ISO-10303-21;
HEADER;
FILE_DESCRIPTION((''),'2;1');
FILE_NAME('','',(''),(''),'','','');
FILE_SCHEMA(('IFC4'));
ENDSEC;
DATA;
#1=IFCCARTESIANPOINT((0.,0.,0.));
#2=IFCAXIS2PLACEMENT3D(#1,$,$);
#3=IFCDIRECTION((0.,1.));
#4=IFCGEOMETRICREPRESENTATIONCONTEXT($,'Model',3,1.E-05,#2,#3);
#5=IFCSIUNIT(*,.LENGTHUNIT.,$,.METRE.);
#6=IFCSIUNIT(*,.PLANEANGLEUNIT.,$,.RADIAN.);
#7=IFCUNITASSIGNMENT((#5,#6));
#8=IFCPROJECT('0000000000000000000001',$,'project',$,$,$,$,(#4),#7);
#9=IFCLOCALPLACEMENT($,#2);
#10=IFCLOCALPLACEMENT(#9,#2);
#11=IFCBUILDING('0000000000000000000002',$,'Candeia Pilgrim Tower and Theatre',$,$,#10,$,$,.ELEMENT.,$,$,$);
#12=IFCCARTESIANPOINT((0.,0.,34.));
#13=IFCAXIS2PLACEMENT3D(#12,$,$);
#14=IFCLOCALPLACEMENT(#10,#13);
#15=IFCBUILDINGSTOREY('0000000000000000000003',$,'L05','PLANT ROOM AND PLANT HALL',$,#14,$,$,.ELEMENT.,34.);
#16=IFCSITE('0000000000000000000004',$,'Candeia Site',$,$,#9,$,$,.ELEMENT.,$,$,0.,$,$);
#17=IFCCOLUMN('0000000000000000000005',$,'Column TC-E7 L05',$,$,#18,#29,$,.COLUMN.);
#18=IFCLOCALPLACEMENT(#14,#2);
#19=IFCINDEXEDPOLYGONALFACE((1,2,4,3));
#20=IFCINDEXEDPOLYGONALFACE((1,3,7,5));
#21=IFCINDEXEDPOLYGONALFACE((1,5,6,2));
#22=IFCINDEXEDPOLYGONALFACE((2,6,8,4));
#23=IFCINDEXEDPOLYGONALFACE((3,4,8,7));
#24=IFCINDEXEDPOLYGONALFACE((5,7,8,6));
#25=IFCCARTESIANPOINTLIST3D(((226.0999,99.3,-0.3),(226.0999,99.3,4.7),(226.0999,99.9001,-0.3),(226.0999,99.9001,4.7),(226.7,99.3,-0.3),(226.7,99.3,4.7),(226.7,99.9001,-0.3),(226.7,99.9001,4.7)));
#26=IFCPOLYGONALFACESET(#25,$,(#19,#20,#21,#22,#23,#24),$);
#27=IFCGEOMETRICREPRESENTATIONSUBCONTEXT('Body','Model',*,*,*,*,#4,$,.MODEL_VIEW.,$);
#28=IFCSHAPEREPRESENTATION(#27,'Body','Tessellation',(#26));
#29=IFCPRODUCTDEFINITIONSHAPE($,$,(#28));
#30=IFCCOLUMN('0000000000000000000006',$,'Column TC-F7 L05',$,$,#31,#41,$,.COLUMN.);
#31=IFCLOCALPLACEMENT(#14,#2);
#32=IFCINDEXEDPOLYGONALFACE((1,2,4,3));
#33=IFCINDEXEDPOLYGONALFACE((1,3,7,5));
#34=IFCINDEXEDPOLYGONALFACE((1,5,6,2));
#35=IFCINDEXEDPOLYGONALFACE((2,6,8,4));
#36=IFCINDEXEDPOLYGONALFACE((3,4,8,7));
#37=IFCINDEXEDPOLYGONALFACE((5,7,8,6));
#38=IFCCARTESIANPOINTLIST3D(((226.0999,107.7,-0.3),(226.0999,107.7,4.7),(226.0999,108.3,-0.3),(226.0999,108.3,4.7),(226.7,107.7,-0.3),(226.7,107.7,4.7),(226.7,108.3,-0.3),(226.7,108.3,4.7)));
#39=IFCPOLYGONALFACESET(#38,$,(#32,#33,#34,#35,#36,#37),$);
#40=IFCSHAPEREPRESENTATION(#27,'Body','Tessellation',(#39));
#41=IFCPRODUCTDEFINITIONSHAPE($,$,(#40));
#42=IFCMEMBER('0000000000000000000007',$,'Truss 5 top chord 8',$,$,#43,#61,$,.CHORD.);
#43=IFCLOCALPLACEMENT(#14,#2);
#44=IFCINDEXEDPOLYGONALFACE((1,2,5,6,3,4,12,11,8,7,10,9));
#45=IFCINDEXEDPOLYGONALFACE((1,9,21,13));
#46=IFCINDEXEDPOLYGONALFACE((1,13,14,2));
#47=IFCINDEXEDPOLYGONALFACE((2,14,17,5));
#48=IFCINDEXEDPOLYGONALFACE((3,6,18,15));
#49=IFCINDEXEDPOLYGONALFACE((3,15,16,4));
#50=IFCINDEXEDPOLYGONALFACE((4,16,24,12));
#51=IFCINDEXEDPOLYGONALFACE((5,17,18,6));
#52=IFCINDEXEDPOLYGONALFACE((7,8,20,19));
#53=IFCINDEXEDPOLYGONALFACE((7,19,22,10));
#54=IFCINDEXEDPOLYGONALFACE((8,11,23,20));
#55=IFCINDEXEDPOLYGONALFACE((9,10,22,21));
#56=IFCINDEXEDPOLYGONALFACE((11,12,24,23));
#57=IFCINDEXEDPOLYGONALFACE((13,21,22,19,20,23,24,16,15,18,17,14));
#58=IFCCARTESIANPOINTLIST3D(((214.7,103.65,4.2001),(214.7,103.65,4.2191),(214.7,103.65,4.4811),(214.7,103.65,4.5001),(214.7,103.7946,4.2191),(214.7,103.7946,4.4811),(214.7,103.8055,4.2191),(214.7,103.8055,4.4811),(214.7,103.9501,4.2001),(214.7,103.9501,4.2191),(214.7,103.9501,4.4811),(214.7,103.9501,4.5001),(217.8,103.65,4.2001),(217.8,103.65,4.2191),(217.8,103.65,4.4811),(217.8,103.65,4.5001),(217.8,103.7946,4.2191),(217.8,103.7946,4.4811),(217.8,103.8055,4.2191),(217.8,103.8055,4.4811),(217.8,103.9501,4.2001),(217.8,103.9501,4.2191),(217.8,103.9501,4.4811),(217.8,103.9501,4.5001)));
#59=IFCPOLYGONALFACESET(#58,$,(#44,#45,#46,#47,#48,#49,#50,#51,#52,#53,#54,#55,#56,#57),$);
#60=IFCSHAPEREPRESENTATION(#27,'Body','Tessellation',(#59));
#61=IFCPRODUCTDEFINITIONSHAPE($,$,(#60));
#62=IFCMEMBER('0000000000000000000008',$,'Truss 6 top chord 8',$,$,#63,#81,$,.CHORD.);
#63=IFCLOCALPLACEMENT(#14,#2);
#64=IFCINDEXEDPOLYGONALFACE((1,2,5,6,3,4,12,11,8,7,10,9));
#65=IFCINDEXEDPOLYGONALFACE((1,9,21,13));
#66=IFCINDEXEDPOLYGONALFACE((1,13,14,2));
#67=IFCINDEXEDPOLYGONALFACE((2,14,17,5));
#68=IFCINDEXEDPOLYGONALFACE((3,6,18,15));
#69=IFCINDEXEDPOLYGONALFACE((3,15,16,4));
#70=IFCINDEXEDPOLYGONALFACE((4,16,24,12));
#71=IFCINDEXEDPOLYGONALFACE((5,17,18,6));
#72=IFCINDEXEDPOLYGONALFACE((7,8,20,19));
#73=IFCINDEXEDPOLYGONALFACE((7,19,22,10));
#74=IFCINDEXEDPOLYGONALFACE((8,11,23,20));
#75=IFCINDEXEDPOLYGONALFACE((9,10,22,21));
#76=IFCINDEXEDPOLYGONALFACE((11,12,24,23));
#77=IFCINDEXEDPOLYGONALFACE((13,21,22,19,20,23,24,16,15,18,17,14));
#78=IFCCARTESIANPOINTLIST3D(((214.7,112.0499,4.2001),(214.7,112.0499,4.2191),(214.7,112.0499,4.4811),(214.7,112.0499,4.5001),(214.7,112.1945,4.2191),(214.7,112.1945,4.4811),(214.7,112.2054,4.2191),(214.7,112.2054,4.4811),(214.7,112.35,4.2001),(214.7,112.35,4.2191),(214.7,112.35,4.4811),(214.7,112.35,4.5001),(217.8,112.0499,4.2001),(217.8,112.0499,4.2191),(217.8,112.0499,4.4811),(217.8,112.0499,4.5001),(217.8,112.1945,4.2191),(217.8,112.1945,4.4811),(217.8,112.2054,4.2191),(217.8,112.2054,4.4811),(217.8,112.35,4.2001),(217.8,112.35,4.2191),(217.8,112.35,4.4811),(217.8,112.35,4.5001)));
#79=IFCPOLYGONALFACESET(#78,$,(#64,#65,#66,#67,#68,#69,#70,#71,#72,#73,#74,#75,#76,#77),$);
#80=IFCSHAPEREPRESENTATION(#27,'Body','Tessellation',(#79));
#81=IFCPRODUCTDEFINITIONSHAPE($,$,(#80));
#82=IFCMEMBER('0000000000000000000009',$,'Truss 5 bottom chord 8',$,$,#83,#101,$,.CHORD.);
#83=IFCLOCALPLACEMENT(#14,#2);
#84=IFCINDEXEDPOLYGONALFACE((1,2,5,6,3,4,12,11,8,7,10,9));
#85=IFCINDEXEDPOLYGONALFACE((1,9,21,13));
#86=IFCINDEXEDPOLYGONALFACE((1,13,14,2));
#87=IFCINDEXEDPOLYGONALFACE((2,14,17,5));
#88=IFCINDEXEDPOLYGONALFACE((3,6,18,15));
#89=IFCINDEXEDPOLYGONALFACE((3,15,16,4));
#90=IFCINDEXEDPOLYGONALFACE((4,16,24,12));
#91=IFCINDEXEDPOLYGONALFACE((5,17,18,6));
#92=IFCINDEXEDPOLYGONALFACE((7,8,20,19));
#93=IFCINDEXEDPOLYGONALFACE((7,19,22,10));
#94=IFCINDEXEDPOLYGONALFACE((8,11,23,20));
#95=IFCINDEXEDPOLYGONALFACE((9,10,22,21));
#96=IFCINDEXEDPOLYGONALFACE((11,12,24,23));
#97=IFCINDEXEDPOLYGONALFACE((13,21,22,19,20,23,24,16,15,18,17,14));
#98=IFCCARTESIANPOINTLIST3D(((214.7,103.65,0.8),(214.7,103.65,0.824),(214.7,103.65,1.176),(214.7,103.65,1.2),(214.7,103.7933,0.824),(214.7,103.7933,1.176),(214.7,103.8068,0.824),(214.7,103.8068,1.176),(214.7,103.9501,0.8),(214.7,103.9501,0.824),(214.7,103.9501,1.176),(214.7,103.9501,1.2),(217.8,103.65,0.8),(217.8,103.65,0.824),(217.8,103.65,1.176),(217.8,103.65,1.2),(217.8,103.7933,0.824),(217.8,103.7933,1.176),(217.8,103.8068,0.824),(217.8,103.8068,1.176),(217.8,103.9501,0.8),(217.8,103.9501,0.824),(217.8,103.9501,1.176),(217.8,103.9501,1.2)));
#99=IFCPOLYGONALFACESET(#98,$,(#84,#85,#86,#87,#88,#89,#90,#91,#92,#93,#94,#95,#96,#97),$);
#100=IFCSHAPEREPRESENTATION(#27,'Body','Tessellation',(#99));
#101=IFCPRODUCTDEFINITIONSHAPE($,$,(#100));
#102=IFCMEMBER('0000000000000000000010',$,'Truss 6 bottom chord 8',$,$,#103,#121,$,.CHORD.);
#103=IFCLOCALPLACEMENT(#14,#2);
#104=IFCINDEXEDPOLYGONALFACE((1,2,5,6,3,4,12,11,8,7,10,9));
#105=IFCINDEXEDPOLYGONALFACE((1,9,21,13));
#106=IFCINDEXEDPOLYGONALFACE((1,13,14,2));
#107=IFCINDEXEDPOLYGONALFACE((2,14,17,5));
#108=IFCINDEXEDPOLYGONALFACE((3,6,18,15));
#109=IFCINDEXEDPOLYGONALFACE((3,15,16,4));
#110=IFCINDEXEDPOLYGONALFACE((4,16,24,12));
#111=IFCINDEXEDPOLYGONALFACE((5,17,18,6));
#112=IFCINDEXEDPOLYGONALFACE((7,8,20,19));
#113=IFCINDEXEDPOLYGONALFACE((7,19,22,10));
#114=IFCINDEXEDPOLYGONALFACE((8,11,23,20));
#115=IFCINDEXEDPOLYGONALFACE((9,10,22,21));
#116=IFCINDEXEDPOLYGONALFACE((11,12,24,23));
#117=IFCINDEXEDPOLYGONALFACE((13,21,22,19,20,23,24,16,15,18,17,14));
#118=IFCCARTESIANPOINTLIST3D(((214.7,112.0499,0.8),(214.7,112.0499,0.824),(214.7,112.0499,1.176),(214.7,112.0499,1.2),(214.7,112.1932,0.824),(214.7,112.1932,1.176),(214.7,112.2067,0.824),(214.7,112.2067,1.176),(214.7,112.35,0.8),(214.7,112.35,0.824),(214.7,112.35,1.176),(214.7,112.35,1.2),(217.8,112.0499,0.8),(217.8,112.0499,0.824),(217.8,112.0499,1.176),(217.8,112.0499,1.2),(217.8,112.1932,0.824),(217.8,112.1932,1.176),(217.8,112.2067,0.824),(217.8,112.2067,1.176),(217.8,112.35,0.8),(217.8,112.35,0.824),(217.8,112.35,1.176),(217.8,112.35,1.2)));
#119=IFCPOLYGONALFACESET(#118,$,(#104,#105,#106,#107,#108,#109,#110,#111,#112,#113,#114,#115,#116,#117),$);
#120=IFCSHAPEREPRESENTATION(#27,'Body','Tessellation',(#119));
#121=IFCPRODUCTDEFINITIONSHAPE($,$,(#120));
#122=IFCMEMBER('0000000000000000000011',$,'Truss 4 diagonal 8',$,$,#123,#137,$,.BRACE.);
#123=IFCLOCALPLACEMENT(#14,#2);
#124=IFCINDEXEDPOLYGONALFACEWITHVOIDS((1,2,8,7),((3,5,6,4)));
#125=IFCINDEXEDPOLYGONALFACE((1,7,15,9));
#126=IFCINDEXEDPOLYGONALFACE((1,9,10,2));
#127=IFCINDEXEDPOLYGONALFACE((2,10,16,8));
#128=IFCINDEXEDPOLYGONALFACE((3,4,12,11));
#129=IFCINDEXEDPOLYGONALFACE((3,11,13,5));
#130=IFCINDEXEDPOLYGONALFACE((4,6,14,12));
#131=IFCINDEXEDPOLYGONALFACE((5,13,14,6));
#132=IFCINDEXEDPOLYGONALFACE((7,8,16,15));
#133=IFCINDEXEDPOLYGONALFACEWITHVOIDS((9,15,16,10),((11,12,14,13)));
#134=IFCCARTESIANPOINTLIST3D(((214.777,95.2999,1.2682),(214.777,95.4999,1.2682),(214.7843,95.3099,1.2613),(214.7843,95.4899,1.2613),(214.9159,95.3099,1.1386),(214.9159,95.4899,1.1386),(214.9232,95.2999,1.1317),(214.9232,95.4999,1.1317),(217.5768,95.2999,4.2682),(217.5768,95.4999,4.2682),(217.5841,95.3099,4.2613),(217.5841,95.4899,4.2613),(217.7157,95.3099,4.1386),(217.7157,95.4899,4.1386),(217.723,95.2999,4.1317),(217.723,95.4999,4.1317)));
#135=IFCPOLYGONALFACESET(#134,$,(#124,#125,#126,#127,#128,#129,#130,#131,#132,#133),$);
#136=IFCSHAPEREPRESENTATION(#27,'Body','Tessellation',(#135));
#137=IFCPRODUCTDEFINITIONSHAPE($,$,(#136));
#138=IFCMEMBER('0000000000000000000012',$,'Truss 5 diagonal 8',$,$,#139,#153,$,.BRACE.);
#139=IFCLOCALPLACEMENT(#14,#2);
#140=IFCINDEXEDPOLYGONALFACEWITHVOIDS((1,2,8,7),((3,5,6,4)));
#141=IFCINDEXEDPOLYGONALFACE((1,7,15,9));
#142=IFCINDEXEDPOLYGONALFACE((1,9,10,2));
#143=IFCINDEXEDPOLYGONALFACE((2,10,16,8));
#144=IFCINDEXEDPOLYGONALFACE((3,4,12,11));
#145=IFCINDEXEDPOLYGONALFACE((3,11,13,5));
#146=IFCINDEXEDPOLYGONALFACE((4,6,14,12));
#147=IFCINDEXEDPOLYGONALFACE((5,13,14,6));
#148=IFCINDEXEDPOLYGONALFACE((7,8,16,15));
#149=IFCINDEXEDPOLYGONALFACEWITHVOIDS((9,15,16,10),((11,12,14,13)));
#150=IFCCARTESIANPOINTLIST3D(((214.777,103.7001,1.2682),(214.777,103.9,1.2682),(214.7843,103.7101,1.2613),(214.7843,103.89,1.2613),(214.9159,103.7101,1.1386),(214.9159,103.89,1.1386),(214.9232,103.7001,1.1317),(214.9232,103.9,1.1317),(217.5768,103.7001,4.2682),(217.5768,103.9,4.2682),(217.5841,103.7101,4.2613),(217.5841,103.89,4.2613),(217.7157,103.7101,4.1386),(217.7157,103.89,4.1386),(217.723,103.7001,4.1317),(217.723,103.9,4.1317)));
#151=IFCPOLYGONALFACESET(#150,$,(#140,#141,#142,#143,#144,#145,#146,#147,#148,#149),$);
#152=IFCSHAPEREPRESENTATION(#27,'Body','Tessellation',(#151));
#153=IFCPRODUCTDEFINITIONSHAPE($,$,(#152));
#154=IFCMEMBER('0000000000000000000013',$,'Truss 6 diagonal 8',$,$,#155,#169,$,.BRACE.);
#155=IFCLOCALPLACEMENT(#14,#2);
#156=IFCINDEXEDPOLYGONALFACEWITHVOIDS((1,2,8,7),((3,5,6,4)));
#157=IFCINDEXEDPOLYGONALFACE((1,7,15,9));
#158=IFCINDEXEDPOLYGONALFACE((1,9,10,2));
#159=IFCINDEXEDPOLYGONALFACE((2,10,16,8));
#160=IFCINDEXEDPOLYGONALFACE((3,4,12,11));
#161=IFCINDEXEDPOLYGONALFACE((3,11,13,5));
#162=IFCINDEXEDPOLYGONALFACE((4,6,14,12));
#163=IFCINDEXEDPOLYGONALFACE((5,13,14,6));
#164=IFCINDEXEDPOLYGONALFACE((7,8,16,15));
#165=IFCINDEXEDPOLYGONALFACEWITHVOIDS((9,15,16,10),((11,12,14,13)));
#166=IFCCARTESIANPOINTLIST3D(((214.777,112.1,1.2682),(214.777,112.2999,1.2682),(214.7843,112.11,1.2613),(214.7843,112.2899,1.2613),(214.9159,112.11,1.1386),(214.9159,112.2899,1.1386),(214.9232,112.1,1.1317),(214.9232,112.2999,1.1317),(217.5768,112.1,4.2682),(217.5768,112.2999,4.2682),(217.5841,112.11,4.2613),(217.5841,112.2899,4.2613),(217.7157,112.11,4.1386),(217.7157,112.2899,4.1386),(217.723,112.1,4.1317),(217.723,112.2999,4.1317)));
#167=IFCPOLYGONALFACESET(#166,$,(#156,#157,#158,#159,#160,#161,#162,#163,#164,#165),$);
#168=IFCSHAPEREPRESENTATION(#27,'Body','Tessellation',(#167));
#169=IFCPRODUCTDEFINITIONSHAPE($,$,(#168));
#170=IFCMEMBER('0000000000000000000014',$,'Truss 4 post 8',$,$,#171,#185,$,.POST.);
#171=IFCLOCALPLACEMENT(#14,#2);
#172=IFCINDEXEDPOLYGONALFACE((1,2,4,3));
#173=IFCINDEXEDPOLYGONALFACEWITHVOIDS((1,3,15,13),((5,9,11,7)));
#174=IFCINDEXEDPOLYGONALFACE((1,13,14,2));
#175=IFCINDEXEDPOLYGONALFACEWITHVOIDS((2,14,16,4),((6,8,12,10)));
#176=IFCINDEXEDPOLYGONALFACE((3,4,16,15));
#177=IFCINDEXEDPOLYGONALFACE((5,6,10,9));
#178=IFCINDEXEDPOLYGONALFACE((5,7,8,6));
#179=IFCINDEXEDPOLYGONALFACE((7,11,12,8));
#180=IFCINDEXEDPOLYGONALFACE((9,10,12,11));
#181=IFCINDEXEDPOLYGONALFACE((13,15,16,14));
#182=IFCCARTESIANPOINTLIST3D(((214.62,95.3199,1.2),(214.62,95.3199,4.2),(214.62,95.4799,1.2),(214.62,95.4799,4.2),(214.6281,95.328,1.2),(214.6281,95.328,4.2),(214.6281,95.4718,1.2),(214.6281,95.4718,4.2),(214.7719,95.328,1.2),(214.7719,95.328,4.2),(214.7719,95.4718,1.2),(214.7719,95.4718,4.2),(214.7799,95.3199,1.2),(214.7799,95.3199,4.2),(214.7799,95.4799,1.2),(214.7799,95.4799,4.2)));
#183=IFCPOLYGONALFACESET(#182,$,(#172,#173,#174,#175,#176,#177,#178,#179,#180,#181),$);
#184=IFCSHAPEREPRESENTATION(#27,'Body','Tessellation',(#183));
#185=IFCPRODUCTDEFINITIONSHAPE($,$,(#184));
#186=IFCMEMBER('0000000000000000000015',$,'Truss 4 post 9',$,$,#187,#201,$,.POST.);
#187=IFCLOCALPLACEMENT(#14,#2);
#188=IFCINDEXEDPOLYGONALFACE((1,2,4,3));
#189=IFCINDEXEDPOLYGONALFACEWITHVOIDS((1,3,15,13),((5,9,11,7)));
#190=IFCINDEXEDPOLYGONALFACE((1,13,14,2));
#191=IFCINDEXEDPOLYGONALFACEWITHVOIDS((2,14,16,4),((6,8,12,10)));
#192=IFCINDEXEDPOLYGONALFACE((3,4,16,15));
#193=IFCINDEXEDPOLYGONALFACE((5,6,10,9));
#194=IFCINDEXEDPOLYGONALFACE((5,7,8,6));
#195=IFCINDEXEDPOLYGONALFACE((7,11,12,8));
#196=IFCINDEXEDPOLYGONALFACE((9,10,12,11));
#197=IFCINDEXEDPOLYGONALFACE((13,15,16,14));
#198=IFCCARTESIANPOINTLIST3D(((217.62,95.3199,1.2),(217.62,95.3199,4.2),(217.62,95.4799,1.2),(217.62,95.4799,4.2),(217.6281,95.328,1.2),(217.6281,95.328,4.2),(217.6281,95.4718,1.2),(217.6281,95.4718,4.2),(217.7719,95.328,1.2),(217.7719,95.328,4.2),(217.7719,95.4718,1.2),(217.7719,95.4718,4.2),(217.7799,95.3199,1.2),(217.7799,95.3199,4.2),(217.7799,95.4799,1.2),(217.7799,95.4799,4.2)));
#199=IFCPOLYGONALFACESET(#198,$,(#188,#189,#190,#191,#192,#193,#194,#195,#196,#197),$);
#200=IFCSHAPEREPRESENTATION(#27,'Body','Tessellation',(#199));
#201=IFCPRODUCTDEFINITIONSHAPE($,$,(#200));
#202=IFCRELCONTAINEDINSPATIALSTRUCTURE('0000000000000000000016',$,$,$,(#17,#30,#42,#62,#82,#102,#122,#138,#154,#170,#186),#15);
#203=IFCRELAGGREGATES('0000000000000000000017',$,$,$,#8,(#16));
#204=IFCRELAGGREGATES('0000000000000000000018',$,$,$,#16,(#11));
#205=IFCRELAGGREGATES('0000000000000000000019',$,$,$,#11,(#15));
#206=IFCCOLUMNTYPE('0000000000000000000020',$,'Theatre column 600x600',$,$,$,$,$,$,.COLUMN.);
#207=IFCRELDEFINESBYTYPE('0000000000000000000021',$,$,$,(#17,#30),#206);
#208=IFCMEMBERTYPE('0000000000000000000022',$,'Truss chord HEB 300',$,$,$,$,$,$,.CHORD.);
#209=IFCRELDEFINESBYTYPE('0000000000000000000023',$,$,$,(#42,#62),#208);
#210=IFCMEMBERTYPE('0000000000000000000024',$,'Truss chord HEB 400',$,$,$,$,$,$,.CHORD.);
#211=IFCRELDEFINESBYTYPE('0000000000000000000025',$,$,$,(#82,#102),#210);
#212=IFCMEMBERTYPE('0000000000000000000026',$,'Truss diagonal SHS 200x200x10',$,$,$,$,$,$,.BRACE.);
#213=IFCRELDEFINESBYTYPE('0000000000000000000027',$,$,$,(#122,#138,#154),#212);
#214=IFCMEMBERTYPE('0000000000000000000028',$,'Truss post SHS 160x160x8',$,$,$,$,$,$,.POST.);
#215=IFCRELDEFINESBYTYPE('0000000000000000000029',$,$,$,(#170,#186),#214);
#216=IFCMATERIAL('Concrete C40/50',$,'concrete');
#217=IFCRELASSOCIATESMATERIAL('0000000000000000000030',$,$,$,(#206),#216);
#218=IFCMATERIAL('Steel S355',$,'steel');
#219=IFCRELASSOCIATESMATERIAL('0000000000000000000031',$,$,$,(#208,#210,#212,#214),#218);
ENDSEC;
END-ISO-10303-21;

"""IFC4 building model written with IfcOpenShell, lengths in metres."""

from ifc_helpers import new_model, si_unit, direction, frame, origin, origin_2d, place, context, subcontext, project, spatial, rectangle, hollow_rectangle, i_section, extrude, material, material_profile, profile_set, type_object, element, save


model = new_model("IFC4")

# Units and contexts
model_context = context("Model", 3, precision=1e-05, world=origin(), true_north=direction((0.0, 1.0)))
body_context = subcontext(model_context, "Body", "Model", "MODEL_VIEW")
ifc_project = project(units=[si_unit("LENGTHUNIT", "METRE"), si_unit("PLANEANGLEUNIT", "RADIAN")], contexts=[model_context])

# Site, building, storey
site_placement = place(None, origin())
site = spatial("IfcSite", under=ifc_project, at=site_placement, Name="Candeia Site", CompositionType="ELEMENT", RefElevation=0.0)
building_placement = place(site_placement, origin())
building = spatial("IfcBuilding", under=site, at=building_placement, Name="Candeia Pilgrim Tower and Theatre", CompositionType="ELEMENT")
storey_placement = place(building_placement, frame((0.0, 0.0, 34.0)))
storey = spatial("IfcBuildingStorey", under=building, at=storey_placement, Name="L05", Description="PLANT ROOM AND PLANT HALL", CompositionType="ELEMENT", Elevation=34.0)

# Columns
ifc_material_1 = material(Name="Concrete C40/50", Category="concrete")
ifc_material_profile_1 = material_profile(ifc_material_1, rectangle(XDim=0.6001, YDim=0.6001, at=origin_2d()))
ifc_profile_set_1 = profile_set([ifc_material_profile_1], Name="Concrete C40/50")
column_type = type_object("IfcColumnType", Name="Theatre column 600x600", PredefinedType="COLUMN", material=ifc_profile_set_1)
for number, where, z_axis, x_axis, name in (
    (1, (226.3999, 99.6001, -0.3), (0.0, 0.0, 1.0), (1.0, 0.0, 0.0), "Column TC-E7 L05"),
    (2, (226.3999, 108.0, -0.3), (0.0, 0.0, 1.0), (1.0, 0.0, 0.0), "Column TC-F7 L05"),
):
    element("IfcColumn", number, at=place(storey_placement, frame(where, z_axis=z_axis, x_axis=x_axis)), inside=storey, type_object=column_type, Name=name, PredefinedType="COLUMN", context=body_context, shape_type="SweptSolid", body=[
        extrude(rectangle(XDim=0.6001, YDim=0.6001, at=origin_2d()), origin(), (0.0, 0.0, 1.0), 5.0),
    ])

# Members
ifc_material_2 = material(Name="Steel S355", Category="steel")
ifc_material_profile_2 = material_profile(ifc_material_2, i_section(OverallWidth=0.3, OverallDepth=0.3, WebThickness=0.011, FlangeThickness=0.019, at=origin_2d()))
ifc_profile_set_2 = profile_set([ifc_material_profile_2], Name="Steel S355")
member_type_1 = type_object("IfcMemberType", Name="Truss chord HEB 300", PredefinedType="CHORD", material=ifc_profile_set_2)
for number, where, z_axis, x_axis, name in (
    (3, (214.7, 103.8, 4.3501), (1.0, 0.0, 0.0), (0.0, 1.0, 0.0), "Truss 5 top chord 8"),
    (4, (214.7, 112.2, 4.3501), (1.0, 0.0, 0.0), (0.0, 1.0, 0.0), "Truss 6 top chord 8"),
):
    element("IfcMember", number, at=place(storey_placement, frame(where, z_axis=z_axis, x_axis=x_axis)), inside=storey, type_object=member_type_1, Name=name, PredefinedType="CHORD", context=body_context, shape_type="SweptSolid", body=[
        extrude(i_section(OverallWidth=0.3, OverallDepth=0.3, WebThickness=0.011, FlangeThickness=0.019, at=origin_2d()), origin(), (0.0, 0.0, 1.0), 3.1001),
    ])
ifc_material_profile_3 = material_profile(ifc_material_2, i_section(OverallWidth=0.3, OverallDepth=0.3999, WebThickness=0.0134, FlangeThickness=0.0239, at=origin_2d()))
ifc_profile_set_3 = profile_set([ifc_material_profile_3], Name="Steel S355")
member_type_2 = type_object("IfcMemberType", Name="Truss chord HEB 400", PredefinedType="CHORD", material=ifc_profile_set_3)
for number, where, z_axis, x_axis, name in (
    (5, (214.7, 103.8, 1.0), (1.0, 0.0, 0.0), (0.0, 1.0, 0.0), "Truss 5 bottom chord 8"),
    (6, (214.7, 112.2, 1.0), (1.0, 0.0, 0.0), (0.0, 1.0, 0.0), "Truss 6 bottom chord 8"),
):
    element("IfcMember", number, at=place(storey_placement, frame(where, z_axis=z_axis, x_axis=x_axis)), inside=storey, type_object=member_type_2, Name=name, PredefinedType="CHORD", context=body_context, shape_type="SweptSolid", body=[
        extrude(i_section(OverallWidth=0.3, OverallDepth=0.3999, WebThickness=0.0134, FlangeThickness=0.0239, at=origin_2d()), origin(), (0.0, 0.0, 1.0), 3.1001),
    ])
ifc_material_profile_4 = material_profile(ifc_material_2, hollow_rectangle(XDim=0.2, YDim=0.2, WallThickness=0.01, at=origin_2d()))
ifc_profile_set_4 = profile_set([ifc_material_profile_4], Name="Steel S355")
member_type_3 = type_object("IfcMemberType", Name="Truss diagonal SHS 200x200x10", PredefinedType="BRACE", material=ifc_profile_set_4)
for number, where, z_axis, x_axis, name in (
    (7, (214.8501, 95.3999, 1.2), (0.682293, 0.0, 0.731079), (0.0, 1.0, 0.0), "Truss 4 diagonal 8"),
    (8, (214.8501, 103.8, 1.2), (0.682293, 0.0, 0.731079), (0.0, 1.0, 0.0), "Truss 5 diagonal 8"),
    (9, (214.8501, 112.2, 1.2), (0.682293, 0.0, 0.731079), (0.0, 1.0, 0.0), "Truss 6 diagonal 8"),
):
    element("IfcMember", number, at=place(storey_placement, frame(where, z_axis=z_axis, x_axis=x_axis)), inside=storey, type_object=member_type_3, Name=name, PredefinedType="BRACE", context=body_context, shape_type="SweptSolid", body=[
        extrude(hollow_rectangle(XDim=0.2, YDim=0.2, WallThickness=0.01, at=origin_2d()), origin(), (0.0, 0.0, 1.0), 4.1035),
    ])
ifc_material_profile_5 = material_profile(ifc_material_2, hollow_rectangle(XDim=0.1599, YDim=0.1599, WallThickness=0.0081, at=origin_2d()))
ifc_profile_set_5 = profile_set([ifc_material_profile_5], Name="Steel S355")
member_type_4 = type_object("IfcMemberType", Name="Truss post SHS 160x160x8", PredefinedType="POST", material=ifc_profile_set_5)
for number, where, z_axis, x_axis, name in (
    (10, (214.7, 95.3999, 1.2), (0.0, 0.0, 1.0), (1.0, 0.0, 0.0), "Truss 4 post 8"),
    (11, (217.7, 95.3999, 1.2), (0.0, 0.0, 1.0), (1.0, 0.0, 0.0), "Truss 4 post 9"),
):
    element("IfcMember", number, at=place(storey_placement, frame(where, z_axis=z_axis, x_axis=x_axis)), inside=storey, type_object=member_type_4, Name=name, PredefinedType="POST", context=body_context, shape_type="SweptSolid", body=[
        extrude(hollow_rectangle(XDim=0.1599, YDim=0.1599, WallThickness=0.0081, at=origin_2d()), origin(), (0.0, 0.0, 1.0), 3.0),
    ])

save(model, "model.ifc")
